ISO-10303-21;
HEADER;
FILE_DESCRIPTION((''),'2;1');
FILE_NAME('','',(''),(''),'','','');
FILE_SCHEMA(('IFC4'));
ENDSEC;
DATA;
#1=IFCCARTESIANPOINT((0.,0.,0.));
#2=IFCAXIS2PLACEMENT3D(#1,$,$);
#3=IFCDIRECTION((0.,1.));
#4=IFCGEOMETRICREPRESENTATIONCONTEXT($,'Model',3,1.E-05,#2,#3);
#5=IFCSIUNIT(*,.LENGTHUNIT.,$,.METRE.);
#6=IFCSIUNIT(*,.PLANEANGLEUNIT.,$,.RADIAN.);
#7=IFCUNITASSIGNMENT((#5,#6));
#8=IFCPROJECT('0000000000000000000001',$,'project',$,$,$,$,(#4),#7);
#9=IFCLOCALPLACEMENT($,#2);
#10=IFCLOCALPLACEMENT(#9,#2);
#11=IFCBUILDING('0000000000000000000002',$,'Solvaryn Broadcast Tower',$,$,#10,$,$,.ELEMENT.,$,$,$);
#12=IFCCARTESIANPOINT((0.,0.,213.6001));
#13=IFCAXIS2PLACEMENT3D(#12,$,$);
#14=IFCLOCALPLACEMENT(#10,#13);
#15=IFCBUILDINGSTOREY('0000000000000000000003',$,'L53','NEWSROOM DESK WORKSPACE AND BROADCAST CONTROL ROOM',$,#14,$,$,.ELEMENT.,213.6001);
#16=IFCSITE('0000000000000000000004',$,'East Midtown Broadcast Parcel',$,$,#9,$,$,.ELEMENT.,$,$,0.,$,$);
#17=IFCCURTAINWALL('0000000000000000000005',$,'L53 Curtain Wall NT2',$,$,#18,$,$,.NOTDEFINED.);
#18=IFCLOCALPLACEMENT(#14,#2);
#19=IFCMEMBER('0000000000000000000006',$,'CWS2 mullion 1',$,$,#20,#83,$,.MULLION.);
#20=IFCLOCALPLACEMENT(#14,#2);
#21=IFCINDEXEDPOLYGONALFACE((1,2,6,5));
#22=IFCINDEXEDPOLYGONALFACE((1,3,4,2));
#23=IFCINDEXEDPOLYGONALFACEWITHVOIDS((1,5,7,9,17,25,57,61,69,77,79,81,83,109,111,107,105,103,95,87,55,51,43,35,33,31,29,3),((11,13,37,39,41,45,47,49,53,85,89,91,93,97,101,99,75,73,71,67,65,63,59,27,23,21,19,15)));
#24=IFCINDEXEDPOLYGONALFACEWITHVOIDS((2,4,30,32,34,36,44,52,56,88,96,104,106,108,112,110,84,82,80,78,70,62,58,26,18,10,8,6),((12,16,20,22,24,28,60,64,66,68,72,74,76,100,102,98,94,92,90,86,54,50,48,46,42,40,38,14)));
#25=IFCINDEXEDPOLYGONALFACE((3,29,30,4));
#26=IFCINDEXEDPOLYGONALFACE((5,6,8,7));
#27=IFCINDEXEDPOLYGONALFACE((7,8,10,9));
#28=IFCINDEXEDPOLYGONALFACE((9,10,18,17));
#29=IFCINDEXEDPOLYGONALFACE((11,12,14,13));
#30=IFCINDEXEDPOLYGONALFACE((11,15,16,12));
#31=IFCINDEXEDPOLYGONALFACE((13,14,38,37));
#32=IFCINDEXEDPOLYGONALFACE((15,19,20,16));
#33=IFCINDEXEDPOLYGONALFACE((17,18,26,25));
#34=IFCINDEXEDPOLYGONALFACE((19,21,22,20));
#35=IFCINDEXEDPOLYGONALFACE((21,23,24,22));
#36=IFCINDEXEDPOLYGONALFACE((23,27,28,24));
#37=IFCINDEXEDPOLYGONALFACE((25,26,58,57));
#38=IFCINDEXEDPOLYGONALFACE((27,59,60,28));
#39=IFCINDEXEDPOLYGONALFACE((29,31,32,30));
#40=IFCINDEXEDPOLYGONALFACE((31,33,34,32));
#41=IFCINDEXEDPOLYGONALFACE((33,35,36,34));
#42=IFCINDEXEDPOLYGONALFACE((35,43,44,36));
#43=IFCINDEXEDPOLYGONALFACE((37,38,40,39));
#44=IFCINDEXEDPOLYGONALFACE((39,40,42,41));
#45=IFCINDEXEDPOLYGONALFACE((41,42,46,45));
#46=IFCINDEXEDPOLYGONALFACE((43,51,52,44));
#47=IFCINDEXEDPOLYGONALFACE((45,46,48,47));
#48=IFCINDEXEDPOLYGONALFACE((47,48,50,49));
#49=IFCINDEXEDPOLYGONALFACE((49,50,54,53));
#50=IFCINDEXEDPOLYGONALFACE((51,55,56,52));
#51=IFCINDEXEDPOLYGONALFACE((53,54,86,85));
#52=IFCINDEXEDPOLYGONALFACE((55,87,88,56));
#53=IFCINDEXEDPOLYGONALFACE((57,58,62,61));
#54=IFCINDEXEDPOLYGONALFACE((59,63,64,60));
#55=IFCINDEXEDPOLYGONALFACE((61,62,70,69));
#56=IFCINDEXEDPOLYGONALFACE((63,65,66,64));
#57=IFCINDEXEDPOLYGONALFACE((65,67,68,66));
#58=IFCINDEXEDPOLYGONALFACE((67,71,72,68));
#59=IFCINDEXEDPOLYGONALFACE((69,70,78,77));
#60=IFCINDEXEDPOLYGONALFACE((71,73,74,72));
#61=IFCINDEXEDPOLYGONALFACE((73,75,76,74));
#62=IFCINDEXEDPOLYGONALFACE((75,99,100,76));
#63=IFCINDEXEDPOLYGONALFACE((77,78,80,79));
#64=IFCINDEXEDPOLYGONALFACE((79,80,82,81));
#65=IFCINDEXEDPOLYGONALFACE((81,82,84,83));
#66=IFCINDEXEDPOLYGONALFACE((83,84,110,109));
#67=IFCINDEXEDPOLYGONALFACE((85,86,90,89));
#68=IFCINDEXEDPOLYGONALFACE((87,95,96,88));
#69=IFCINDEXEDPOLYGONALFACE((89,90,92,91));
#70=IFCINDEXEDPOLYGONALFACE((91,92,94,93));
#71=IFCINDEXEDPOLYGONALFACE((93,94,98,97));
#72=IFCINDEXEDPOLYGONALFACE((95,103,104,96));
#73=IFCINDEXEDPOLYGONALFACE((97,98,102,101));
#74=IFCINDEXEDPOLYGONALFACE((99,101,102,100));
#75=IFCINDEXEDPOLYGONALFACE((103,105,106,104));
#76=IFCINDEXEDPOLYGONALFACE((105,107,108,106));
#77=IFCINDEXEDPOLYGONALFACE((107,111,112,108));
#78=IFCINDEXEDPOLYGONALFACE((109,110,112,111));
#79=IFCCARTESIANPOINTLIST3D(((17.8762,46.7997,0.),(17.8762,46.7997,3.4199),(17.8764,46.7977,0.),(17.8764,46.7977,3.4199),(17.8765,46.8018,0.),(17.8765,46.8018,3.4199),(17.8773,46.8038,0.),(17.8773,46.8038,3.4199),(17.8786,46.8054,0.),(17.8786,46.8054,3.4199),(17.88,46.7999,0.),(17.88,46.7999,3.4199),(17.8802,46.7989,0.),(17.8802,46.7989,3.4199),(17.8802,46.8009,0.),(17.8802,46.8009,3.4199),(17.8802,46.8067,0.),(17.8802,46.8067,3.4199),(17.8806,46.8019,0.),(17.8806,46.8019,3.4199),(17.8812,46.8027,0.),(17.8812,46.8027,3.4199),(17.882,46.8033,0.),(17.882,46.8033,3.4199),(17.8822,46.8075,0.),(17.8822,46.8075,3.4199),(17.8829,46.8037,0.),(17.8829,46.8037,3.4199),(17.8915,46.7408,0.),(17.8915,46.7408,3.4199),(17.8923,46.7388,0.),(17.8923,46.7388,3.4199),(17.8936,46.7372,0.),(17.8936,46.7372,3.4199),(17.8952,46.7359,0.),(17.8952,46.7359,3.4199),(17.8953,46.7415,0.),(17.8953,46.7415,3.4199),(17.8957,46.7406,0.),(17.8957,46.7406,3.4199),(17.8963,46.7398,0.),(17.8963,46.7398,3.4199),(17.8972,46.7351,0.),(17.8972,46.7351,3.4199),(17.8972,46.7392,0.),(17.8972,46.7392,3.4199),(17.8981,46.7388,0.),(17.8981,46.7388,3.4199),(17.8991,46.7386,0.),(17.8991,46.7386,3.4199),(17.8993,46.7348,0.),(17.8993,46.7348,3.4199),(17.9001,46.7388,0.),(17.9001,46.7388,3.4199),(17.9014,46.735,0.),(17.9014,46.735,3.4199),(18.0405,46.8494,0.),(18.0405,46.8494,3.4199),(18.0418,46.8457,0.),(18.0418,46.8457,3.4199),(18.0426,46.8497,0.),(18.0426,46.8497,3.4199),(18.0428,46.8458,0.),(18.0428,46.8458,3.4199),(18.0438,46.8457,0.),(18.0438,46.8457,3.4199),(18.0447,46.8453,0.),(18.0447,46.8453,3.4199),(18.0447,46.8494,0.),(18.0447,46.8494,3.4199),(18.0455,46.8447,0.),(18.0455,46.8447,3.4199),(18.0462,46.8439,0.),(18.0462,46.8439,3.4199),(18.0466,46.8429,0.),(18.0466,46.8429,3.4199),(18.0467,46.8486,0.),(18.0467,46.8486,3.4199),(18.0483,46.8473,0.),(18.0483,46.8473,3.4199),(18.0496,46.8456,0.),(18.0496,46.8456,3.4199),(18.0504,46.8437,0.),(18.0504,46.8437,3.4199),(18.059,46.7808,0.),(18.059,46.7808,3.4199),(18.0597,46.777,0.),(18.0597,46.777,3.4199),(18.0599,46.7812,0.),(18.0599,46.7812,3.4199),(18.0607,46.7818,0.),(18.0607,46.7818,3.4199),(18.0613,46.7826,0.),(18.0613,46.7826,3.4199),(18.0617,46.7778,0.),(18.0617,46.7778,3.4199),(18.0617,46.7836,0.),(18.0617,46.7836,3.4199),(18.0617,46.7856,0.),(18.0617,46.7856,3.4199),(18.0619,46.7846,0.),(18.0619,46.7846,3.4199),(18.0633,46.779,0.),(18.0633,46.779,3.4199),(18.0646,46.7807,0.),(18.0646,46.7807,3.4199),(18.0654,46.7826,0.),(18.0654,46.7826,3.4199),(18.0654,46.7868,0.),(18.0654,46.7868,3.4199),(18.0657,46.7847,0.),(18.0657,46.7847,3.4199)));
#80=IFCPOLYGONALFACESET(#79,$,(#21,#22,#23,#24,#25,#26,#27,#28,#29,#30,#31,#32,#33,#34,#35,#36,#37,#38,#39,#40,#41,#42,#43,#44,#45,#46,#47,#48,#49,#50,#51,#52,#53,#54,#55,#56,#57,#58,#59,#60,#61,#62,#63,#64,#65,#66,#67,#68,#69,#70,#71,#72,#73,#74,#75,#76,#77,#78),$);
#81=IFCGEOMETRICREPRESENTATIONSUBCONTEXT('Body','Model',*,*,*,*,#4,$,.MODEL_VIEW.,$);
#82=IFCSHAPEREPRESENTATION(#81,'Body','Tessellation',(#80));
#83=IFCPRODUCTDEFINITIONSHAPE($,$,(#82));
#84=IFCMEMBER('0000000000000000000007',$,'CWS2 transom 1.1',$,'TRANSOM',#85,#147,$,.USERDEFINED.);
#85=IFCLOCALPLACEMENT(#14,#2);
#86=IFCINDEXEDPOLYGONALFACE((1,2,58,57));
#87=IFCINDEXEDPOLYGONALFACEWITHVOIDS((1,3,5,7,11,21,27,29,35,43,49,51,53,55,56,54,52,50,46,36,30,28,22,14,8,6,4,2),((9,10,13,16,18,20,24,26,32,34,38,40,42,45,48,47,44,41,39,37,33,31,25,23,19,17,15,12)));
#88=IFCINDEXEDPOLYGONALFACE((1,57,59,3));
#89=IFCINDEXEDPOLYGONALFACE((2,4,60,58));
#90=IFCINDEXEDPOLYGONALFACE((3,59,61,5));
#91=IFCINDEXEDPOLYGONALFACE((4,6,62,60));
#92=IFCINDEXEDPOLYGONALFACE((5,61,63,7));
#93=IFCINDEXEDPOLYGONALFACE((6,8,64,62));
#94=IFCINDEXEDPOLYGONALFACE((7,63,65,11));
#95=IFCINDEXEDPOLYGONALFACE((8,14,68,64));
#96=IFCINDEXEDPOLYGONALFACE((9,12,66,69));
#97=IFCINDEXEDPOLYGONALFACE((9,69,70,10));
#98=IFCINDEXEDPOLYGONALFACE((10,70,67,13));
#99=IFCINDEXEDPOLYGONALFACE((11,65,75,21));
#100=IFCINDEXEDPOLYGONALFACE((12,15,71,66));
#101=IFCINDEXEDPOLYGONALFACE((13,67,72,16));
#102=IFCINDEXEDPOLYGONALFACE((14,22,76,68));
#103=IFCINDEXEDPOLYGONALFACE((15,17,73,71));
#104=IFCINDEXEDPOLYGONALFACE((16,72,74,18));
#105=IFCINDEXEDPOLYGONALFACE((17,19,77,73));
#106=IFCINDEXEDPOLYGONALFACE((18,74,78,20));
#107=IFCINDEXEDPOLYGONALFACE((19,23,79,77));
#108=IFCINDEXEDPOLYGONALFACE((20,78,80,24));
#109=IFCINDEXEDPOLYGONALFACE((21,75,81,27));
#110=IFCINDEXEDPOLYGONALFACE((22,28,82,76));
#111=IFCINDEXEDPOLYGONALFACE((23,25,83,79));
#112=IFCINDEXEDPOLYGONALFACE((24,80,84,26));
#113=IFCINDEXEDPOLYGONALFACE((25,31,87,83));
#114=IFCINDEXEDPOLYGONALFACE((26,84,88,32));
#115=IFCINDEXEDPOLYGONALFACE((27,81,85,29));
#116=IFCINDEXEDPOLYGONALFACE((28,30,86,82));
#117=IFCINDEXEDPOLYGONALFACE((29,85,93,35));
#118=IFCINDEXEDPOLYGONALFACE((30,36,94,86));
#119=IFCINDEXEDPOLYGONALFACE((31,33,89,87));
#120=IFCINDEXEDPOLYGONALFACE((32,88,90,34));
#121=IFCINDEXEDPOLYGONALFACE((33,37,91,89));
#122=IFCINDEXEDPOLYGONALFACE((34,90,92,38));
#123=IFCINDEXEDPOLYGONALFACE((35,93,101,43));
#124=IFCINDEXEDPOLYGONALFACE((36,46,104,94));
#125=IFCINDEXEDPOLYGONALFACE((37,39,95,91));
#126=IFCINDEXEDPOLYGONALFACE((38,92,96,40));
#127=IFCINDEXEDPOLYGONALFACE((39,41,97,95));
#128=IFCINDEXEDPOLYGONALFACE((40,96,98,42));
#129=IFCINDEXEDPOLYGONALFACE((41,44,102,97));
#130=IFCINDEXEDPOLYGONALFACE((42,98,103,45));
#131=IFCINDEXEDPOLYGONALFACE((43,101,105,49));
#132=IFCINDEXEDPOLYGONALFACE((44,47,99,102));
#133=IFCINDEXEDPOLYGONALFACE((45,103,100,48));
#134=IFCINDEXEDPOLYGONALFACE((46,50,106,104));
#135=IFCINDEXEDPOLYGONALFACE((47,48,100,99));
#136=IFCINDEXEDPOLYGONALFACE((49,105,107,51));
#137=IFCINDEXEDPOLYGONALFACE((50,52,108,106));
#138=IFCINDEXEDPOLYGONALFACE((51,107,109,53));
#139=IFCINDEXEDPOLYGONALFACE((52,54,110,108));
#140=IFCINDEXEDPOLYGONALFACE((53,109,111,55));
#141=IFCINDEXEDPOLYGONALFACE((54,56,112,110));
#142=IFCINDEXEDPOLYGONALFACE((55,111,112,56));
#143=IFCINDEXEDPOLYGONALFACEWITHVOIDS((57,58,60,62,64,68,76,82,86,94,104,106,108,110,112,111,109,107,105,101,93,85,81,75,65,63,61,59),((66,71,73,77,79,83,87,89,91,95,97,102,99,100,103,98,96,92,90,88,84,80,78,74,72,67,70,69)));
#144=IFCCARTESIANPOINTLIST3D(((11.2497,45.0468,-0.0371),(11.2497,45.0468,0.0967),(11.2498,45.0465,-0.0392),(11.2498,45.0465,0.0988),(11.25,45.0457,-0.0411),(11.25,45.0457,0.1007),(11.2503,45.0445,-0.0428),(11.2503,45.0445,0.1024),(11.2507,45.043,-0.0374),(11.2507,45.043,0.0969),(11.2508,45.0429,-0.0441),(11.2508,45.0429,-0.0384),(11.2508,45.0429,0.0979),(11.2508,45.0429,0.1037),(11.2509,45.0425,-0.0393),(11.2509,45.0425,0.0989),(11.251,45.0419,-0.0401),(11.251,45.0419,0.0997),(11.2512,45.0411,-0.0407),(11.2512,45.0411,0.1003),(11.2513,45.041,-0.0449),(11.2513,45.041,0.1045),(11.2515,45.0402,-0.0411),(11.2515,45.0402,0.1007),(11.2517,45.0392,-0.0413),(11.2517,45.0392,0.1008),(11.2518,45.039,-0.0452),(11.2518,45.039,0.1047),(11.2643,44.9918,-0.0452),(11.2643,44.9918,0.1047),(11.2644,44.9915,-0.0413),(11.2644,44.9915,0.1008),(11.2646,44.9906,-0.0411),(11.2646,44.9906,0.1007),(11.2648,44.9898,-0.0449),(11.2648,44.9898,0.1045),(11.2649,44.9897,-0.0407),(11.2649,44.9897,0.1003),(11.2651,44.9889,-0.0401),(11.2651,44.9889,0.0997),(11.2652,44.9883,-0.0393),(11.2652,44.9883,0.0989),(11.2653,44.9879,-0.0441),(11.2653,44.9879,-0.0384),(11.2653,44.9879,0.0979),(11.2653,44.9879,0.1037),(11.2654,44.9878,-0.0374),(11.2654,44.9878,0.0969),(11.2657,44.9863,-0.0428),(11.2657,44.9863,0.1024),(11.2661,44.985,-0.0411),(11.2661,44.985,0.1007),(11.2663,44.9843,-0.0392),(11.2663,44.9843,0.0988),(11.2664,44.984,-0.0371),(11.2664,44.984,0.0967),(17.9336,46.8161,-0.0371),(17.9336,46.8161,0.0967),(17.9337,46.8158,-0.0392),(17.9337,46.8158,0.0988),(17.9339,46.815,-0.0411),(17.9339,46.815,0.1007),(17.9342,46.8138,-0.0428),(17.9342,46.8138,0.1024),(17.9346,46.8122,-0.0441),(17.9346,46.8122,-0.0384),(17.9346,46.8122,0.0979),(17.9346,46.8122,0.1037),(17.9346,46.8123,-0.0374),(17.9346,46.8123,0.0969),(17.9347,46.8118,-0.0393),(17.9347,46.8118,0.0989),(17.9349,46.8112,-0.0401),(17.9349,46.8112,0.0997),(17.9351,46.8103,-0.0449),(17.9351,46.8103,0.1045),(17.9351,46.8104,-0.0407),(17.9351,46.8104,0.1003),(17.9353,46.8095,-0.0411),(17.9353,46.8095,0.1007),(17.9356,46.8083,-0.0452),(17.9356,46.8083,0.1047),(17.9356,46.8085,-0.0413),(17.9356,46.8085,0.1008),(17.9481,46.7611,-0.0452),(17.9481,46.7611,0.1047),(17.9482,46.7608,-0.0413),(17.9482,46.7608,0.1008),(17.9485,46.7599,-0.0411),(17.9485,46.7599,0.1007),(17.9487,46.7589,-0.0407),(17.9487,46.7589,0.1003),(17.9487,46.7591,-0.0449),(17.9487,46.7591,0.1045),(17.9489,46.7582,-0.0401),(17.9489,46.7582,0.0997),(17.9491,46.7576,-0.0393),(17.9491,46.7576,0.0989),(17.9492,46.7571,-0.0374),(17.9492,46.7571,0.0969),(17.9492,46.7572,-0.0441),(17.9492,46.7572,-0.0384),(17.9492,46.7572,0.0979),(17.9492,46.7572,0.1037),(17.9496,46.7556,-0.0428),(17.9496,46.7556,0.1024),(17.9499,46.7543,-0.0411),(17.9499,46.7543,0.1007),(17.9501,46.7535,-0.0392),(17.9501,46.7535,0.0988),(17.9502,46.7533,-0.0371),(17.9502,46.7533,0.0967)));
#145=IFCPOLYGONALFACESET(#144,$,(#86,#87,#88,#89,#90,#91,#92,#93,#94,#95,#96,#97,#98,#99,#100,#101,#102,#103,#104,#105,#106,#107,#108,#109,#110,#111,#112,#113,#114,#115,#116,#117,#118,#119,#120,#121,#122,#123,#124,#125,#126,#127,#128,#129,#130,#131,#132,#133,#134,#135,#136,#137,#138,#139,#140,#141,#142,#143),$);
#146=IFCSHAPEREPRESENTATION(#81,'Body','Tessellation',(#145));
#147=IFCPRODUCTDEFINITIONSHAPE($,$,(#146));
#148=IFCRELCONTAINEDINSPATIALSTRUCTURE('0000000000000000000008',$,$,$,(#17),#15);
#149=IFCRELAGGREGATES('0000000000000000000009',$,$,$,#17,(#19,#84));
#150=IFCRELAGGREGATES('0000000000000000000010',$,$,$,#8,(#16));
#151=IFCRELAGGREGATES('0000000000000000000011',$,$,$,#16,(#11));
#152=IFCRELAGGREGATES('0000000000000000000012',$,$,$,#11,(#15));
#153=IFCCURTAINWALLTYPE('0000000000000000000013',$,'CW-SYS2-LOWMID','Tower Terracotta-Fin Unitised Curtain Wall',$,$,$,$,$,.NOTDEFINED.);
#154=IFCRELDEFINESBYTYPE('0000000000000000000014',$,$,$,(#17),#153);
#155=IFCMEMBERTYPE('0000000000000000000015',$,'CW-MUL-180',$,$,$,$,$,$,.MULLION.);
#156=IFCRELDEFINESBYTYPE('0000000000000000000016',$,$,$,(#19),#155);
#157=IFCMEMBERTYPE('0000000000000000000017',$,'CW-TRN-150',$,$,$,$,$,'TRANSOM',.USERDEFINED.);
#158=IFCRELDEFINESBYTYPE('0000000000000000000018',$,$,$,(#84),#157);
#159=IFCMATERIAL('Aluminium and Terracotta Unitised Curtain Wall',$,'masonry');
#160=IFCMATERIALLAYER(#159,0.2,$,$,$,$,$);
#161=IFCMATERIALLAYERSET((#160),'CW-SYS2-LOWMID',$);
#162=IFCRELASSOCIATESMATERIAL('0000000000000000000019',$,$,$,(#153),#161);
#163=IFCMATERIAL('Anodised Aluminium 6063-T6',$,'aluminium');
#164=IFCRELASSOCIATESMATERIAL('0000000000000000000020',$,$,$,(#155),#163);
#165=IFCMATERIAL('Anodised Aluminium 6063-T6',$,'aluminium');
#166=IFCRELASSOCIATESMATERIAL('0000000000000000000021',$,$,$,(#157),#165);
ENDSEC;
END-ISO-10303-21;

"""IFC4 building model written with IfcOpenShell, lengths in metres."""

from ifc_helpers import new_model, si_unit, direction, frame, origin, origin_2d, place, context, subcontext, project, spatial, hollow_rectangle, extrude, material, layer, layer_set, material_profile, profile_set, type_object, element, aggregate, save


model = new_model("IFC4")

# Units and contexts
model_context = context("Model", 3, precision=1e-05, world=origin(), true_north=direction((0.0, 1.0)))
body_context = subcontext(model_context, "Body", "Model", "MODEL_VIEW")
ifc_project = project(units=[si_unit("LENGTHUNIT", "METRE"), si_unit("PLANEANGLEUNIT", "RADIAN")], contexts=[model_context])

# Site, building, storey
site_placement = place(None, origin())
site = spatial("IfcSite", under=ifc_project, at=site_placement, Name="East Midtown Broadcast Parcel", CompositionType="ELEMENT", RefElevation=0.0)
building_placement = place(site_placement, origin())
building = spatial("IfcBuilding", under=site, at=building_placement, Name="Solvaryn Broadcast Tower", CompositionType="ELEMENT")
storey_placement = place(building_placement, frame((0.0, 0.0, 213.6001)))
storey = spatial("IfcBuildingStorey", under=building, at=storey_placement, Name="L53", Description="NEWSROOM DESK WORKSPACE AND BROADCAST CONTROL ROOM", CompositionType="ELEMENT", Elevation=213.6001)

# Shared definitions
ifc_material_1 = material(Name="Aluminium and Terracotta Unitised Curtain Wall", Category="masonry")
ifc_layer_1 = layer(ifc_material_1, 0.2)
ifc_layer_set_1 = layer_set([ifc_layer_1], Name="CW-SYS2-LOWMID")
curtain_wall_type = type_object("IfcCurtainWallType", Name="CW-SYS2-LOWMID", Description="Tower Terracotta-Fin Unitised Curtain Wall", PredefinedType="NOTDEFINED", material=ifc_layer_set_1)
ifc_material_2 = material(Name="Anodised Aluminium 6063-T6", Category="aluminium")
ifc_material_profile_1 = material_profile(ifc_material_2, hollow_rectangle(XDim=0.075, YDim=0.1799, WallThickness=0.0039, InnerFilletRadius=0.0039, OuterFilletRadius=0.0081, at=origin_2d()))
ifc_profile_set_1 = profile_set([ifc_material_profile_1], Name="Anodised Aluminium 6063-T6")
member_type_1 = type_object("IfcMemberType", Name="CW-MUL-180", PredefinedType="MULLION", material=ifc_profile_set_1)

# Curtain wall, members
curtain_wall_1_placement = place(storey_placement, origin())
curtain_wall_1 = element("IfcCurtainWall", 1, at=curtain_wall_1_placement, inside=storey, type_object=curtain_wall_type, Name="L53 Curtain Wall NT2", PredefinedType="NOTDEFINED")
member_1_placement = place(storey_placement, frame((17.9709, 46.7922, 0.0), z_axis=(0.0, 0.0, 1.0), x_axis=(0.255893, -0.966705, 0.0)))
member_1 = element("IfcMember", 2, at=member_1_placement, type_object=member_type_1, Name="CWS2 mullion 1", PredefinedType="MULLION", context=body_context, shape_type="SweptSolid", body=[
    extrude(hollow_rectangle(XDim=0.075, YDim=0.1799, WallThickness=0.0039, InnerFilletRadius=0.0039, OuterFilletRadius=0.0081, at=origin_2d()), origin(), (0.0, 0.0, 1.0), 3.4199),
])
ifc_material_3 = material(Name="Anodised Aluminium 6063-T6", Category="aluminium")
ifc_material_profile_2 = material_profile(ifc_material_3, hollow_rectangle(XDim=0.0649, YDim=0.1499, WallThickness=0.0039, InnerFilletRadius=0.0039, OuterFilletRadius=0.0081, at=origin_2d()))
ifc_profile_set_2 = profile_set([ifc_material_profile_2], Name="Anodised Aluminium 6063-T6")
member_type_2 = type_object("IfcMemberType", Name="CW-TRN-150", ElementType="TRANSOM", PredefinedType="USERDEFINED", material=ifc_profile_set_2)
member_2_placement = place(storey_placement, frame((17.9419, 46.7847, 0.0298), z_axis=(-0.966704, -0.255897, 0.0), x_axis=(0.255897, -0.966704, 0.0)))
member_2 = element("IfcMember", 3, at=member_2_placement, type_object=member_type_2, Name="CWS2 transom 1.1", ObjectType="TRANSOM", PredefinedType="USERDEFINED", context=body_context, shape_type="SweptSolid", body=[
    extrude(hollow_rectangle(XDim=0.0649, YDim=0.1499, WallThickness=0.0039, InnerFilletRadius=0.0039, OuterFilletRadius=0.0081, at=origin_2d()), origin(), (0.0, 0.0, 1.0), 6.9141),
])
aggregate(curtain_wall_1, [member_1, member_2])

save(model, "model.ifc")
